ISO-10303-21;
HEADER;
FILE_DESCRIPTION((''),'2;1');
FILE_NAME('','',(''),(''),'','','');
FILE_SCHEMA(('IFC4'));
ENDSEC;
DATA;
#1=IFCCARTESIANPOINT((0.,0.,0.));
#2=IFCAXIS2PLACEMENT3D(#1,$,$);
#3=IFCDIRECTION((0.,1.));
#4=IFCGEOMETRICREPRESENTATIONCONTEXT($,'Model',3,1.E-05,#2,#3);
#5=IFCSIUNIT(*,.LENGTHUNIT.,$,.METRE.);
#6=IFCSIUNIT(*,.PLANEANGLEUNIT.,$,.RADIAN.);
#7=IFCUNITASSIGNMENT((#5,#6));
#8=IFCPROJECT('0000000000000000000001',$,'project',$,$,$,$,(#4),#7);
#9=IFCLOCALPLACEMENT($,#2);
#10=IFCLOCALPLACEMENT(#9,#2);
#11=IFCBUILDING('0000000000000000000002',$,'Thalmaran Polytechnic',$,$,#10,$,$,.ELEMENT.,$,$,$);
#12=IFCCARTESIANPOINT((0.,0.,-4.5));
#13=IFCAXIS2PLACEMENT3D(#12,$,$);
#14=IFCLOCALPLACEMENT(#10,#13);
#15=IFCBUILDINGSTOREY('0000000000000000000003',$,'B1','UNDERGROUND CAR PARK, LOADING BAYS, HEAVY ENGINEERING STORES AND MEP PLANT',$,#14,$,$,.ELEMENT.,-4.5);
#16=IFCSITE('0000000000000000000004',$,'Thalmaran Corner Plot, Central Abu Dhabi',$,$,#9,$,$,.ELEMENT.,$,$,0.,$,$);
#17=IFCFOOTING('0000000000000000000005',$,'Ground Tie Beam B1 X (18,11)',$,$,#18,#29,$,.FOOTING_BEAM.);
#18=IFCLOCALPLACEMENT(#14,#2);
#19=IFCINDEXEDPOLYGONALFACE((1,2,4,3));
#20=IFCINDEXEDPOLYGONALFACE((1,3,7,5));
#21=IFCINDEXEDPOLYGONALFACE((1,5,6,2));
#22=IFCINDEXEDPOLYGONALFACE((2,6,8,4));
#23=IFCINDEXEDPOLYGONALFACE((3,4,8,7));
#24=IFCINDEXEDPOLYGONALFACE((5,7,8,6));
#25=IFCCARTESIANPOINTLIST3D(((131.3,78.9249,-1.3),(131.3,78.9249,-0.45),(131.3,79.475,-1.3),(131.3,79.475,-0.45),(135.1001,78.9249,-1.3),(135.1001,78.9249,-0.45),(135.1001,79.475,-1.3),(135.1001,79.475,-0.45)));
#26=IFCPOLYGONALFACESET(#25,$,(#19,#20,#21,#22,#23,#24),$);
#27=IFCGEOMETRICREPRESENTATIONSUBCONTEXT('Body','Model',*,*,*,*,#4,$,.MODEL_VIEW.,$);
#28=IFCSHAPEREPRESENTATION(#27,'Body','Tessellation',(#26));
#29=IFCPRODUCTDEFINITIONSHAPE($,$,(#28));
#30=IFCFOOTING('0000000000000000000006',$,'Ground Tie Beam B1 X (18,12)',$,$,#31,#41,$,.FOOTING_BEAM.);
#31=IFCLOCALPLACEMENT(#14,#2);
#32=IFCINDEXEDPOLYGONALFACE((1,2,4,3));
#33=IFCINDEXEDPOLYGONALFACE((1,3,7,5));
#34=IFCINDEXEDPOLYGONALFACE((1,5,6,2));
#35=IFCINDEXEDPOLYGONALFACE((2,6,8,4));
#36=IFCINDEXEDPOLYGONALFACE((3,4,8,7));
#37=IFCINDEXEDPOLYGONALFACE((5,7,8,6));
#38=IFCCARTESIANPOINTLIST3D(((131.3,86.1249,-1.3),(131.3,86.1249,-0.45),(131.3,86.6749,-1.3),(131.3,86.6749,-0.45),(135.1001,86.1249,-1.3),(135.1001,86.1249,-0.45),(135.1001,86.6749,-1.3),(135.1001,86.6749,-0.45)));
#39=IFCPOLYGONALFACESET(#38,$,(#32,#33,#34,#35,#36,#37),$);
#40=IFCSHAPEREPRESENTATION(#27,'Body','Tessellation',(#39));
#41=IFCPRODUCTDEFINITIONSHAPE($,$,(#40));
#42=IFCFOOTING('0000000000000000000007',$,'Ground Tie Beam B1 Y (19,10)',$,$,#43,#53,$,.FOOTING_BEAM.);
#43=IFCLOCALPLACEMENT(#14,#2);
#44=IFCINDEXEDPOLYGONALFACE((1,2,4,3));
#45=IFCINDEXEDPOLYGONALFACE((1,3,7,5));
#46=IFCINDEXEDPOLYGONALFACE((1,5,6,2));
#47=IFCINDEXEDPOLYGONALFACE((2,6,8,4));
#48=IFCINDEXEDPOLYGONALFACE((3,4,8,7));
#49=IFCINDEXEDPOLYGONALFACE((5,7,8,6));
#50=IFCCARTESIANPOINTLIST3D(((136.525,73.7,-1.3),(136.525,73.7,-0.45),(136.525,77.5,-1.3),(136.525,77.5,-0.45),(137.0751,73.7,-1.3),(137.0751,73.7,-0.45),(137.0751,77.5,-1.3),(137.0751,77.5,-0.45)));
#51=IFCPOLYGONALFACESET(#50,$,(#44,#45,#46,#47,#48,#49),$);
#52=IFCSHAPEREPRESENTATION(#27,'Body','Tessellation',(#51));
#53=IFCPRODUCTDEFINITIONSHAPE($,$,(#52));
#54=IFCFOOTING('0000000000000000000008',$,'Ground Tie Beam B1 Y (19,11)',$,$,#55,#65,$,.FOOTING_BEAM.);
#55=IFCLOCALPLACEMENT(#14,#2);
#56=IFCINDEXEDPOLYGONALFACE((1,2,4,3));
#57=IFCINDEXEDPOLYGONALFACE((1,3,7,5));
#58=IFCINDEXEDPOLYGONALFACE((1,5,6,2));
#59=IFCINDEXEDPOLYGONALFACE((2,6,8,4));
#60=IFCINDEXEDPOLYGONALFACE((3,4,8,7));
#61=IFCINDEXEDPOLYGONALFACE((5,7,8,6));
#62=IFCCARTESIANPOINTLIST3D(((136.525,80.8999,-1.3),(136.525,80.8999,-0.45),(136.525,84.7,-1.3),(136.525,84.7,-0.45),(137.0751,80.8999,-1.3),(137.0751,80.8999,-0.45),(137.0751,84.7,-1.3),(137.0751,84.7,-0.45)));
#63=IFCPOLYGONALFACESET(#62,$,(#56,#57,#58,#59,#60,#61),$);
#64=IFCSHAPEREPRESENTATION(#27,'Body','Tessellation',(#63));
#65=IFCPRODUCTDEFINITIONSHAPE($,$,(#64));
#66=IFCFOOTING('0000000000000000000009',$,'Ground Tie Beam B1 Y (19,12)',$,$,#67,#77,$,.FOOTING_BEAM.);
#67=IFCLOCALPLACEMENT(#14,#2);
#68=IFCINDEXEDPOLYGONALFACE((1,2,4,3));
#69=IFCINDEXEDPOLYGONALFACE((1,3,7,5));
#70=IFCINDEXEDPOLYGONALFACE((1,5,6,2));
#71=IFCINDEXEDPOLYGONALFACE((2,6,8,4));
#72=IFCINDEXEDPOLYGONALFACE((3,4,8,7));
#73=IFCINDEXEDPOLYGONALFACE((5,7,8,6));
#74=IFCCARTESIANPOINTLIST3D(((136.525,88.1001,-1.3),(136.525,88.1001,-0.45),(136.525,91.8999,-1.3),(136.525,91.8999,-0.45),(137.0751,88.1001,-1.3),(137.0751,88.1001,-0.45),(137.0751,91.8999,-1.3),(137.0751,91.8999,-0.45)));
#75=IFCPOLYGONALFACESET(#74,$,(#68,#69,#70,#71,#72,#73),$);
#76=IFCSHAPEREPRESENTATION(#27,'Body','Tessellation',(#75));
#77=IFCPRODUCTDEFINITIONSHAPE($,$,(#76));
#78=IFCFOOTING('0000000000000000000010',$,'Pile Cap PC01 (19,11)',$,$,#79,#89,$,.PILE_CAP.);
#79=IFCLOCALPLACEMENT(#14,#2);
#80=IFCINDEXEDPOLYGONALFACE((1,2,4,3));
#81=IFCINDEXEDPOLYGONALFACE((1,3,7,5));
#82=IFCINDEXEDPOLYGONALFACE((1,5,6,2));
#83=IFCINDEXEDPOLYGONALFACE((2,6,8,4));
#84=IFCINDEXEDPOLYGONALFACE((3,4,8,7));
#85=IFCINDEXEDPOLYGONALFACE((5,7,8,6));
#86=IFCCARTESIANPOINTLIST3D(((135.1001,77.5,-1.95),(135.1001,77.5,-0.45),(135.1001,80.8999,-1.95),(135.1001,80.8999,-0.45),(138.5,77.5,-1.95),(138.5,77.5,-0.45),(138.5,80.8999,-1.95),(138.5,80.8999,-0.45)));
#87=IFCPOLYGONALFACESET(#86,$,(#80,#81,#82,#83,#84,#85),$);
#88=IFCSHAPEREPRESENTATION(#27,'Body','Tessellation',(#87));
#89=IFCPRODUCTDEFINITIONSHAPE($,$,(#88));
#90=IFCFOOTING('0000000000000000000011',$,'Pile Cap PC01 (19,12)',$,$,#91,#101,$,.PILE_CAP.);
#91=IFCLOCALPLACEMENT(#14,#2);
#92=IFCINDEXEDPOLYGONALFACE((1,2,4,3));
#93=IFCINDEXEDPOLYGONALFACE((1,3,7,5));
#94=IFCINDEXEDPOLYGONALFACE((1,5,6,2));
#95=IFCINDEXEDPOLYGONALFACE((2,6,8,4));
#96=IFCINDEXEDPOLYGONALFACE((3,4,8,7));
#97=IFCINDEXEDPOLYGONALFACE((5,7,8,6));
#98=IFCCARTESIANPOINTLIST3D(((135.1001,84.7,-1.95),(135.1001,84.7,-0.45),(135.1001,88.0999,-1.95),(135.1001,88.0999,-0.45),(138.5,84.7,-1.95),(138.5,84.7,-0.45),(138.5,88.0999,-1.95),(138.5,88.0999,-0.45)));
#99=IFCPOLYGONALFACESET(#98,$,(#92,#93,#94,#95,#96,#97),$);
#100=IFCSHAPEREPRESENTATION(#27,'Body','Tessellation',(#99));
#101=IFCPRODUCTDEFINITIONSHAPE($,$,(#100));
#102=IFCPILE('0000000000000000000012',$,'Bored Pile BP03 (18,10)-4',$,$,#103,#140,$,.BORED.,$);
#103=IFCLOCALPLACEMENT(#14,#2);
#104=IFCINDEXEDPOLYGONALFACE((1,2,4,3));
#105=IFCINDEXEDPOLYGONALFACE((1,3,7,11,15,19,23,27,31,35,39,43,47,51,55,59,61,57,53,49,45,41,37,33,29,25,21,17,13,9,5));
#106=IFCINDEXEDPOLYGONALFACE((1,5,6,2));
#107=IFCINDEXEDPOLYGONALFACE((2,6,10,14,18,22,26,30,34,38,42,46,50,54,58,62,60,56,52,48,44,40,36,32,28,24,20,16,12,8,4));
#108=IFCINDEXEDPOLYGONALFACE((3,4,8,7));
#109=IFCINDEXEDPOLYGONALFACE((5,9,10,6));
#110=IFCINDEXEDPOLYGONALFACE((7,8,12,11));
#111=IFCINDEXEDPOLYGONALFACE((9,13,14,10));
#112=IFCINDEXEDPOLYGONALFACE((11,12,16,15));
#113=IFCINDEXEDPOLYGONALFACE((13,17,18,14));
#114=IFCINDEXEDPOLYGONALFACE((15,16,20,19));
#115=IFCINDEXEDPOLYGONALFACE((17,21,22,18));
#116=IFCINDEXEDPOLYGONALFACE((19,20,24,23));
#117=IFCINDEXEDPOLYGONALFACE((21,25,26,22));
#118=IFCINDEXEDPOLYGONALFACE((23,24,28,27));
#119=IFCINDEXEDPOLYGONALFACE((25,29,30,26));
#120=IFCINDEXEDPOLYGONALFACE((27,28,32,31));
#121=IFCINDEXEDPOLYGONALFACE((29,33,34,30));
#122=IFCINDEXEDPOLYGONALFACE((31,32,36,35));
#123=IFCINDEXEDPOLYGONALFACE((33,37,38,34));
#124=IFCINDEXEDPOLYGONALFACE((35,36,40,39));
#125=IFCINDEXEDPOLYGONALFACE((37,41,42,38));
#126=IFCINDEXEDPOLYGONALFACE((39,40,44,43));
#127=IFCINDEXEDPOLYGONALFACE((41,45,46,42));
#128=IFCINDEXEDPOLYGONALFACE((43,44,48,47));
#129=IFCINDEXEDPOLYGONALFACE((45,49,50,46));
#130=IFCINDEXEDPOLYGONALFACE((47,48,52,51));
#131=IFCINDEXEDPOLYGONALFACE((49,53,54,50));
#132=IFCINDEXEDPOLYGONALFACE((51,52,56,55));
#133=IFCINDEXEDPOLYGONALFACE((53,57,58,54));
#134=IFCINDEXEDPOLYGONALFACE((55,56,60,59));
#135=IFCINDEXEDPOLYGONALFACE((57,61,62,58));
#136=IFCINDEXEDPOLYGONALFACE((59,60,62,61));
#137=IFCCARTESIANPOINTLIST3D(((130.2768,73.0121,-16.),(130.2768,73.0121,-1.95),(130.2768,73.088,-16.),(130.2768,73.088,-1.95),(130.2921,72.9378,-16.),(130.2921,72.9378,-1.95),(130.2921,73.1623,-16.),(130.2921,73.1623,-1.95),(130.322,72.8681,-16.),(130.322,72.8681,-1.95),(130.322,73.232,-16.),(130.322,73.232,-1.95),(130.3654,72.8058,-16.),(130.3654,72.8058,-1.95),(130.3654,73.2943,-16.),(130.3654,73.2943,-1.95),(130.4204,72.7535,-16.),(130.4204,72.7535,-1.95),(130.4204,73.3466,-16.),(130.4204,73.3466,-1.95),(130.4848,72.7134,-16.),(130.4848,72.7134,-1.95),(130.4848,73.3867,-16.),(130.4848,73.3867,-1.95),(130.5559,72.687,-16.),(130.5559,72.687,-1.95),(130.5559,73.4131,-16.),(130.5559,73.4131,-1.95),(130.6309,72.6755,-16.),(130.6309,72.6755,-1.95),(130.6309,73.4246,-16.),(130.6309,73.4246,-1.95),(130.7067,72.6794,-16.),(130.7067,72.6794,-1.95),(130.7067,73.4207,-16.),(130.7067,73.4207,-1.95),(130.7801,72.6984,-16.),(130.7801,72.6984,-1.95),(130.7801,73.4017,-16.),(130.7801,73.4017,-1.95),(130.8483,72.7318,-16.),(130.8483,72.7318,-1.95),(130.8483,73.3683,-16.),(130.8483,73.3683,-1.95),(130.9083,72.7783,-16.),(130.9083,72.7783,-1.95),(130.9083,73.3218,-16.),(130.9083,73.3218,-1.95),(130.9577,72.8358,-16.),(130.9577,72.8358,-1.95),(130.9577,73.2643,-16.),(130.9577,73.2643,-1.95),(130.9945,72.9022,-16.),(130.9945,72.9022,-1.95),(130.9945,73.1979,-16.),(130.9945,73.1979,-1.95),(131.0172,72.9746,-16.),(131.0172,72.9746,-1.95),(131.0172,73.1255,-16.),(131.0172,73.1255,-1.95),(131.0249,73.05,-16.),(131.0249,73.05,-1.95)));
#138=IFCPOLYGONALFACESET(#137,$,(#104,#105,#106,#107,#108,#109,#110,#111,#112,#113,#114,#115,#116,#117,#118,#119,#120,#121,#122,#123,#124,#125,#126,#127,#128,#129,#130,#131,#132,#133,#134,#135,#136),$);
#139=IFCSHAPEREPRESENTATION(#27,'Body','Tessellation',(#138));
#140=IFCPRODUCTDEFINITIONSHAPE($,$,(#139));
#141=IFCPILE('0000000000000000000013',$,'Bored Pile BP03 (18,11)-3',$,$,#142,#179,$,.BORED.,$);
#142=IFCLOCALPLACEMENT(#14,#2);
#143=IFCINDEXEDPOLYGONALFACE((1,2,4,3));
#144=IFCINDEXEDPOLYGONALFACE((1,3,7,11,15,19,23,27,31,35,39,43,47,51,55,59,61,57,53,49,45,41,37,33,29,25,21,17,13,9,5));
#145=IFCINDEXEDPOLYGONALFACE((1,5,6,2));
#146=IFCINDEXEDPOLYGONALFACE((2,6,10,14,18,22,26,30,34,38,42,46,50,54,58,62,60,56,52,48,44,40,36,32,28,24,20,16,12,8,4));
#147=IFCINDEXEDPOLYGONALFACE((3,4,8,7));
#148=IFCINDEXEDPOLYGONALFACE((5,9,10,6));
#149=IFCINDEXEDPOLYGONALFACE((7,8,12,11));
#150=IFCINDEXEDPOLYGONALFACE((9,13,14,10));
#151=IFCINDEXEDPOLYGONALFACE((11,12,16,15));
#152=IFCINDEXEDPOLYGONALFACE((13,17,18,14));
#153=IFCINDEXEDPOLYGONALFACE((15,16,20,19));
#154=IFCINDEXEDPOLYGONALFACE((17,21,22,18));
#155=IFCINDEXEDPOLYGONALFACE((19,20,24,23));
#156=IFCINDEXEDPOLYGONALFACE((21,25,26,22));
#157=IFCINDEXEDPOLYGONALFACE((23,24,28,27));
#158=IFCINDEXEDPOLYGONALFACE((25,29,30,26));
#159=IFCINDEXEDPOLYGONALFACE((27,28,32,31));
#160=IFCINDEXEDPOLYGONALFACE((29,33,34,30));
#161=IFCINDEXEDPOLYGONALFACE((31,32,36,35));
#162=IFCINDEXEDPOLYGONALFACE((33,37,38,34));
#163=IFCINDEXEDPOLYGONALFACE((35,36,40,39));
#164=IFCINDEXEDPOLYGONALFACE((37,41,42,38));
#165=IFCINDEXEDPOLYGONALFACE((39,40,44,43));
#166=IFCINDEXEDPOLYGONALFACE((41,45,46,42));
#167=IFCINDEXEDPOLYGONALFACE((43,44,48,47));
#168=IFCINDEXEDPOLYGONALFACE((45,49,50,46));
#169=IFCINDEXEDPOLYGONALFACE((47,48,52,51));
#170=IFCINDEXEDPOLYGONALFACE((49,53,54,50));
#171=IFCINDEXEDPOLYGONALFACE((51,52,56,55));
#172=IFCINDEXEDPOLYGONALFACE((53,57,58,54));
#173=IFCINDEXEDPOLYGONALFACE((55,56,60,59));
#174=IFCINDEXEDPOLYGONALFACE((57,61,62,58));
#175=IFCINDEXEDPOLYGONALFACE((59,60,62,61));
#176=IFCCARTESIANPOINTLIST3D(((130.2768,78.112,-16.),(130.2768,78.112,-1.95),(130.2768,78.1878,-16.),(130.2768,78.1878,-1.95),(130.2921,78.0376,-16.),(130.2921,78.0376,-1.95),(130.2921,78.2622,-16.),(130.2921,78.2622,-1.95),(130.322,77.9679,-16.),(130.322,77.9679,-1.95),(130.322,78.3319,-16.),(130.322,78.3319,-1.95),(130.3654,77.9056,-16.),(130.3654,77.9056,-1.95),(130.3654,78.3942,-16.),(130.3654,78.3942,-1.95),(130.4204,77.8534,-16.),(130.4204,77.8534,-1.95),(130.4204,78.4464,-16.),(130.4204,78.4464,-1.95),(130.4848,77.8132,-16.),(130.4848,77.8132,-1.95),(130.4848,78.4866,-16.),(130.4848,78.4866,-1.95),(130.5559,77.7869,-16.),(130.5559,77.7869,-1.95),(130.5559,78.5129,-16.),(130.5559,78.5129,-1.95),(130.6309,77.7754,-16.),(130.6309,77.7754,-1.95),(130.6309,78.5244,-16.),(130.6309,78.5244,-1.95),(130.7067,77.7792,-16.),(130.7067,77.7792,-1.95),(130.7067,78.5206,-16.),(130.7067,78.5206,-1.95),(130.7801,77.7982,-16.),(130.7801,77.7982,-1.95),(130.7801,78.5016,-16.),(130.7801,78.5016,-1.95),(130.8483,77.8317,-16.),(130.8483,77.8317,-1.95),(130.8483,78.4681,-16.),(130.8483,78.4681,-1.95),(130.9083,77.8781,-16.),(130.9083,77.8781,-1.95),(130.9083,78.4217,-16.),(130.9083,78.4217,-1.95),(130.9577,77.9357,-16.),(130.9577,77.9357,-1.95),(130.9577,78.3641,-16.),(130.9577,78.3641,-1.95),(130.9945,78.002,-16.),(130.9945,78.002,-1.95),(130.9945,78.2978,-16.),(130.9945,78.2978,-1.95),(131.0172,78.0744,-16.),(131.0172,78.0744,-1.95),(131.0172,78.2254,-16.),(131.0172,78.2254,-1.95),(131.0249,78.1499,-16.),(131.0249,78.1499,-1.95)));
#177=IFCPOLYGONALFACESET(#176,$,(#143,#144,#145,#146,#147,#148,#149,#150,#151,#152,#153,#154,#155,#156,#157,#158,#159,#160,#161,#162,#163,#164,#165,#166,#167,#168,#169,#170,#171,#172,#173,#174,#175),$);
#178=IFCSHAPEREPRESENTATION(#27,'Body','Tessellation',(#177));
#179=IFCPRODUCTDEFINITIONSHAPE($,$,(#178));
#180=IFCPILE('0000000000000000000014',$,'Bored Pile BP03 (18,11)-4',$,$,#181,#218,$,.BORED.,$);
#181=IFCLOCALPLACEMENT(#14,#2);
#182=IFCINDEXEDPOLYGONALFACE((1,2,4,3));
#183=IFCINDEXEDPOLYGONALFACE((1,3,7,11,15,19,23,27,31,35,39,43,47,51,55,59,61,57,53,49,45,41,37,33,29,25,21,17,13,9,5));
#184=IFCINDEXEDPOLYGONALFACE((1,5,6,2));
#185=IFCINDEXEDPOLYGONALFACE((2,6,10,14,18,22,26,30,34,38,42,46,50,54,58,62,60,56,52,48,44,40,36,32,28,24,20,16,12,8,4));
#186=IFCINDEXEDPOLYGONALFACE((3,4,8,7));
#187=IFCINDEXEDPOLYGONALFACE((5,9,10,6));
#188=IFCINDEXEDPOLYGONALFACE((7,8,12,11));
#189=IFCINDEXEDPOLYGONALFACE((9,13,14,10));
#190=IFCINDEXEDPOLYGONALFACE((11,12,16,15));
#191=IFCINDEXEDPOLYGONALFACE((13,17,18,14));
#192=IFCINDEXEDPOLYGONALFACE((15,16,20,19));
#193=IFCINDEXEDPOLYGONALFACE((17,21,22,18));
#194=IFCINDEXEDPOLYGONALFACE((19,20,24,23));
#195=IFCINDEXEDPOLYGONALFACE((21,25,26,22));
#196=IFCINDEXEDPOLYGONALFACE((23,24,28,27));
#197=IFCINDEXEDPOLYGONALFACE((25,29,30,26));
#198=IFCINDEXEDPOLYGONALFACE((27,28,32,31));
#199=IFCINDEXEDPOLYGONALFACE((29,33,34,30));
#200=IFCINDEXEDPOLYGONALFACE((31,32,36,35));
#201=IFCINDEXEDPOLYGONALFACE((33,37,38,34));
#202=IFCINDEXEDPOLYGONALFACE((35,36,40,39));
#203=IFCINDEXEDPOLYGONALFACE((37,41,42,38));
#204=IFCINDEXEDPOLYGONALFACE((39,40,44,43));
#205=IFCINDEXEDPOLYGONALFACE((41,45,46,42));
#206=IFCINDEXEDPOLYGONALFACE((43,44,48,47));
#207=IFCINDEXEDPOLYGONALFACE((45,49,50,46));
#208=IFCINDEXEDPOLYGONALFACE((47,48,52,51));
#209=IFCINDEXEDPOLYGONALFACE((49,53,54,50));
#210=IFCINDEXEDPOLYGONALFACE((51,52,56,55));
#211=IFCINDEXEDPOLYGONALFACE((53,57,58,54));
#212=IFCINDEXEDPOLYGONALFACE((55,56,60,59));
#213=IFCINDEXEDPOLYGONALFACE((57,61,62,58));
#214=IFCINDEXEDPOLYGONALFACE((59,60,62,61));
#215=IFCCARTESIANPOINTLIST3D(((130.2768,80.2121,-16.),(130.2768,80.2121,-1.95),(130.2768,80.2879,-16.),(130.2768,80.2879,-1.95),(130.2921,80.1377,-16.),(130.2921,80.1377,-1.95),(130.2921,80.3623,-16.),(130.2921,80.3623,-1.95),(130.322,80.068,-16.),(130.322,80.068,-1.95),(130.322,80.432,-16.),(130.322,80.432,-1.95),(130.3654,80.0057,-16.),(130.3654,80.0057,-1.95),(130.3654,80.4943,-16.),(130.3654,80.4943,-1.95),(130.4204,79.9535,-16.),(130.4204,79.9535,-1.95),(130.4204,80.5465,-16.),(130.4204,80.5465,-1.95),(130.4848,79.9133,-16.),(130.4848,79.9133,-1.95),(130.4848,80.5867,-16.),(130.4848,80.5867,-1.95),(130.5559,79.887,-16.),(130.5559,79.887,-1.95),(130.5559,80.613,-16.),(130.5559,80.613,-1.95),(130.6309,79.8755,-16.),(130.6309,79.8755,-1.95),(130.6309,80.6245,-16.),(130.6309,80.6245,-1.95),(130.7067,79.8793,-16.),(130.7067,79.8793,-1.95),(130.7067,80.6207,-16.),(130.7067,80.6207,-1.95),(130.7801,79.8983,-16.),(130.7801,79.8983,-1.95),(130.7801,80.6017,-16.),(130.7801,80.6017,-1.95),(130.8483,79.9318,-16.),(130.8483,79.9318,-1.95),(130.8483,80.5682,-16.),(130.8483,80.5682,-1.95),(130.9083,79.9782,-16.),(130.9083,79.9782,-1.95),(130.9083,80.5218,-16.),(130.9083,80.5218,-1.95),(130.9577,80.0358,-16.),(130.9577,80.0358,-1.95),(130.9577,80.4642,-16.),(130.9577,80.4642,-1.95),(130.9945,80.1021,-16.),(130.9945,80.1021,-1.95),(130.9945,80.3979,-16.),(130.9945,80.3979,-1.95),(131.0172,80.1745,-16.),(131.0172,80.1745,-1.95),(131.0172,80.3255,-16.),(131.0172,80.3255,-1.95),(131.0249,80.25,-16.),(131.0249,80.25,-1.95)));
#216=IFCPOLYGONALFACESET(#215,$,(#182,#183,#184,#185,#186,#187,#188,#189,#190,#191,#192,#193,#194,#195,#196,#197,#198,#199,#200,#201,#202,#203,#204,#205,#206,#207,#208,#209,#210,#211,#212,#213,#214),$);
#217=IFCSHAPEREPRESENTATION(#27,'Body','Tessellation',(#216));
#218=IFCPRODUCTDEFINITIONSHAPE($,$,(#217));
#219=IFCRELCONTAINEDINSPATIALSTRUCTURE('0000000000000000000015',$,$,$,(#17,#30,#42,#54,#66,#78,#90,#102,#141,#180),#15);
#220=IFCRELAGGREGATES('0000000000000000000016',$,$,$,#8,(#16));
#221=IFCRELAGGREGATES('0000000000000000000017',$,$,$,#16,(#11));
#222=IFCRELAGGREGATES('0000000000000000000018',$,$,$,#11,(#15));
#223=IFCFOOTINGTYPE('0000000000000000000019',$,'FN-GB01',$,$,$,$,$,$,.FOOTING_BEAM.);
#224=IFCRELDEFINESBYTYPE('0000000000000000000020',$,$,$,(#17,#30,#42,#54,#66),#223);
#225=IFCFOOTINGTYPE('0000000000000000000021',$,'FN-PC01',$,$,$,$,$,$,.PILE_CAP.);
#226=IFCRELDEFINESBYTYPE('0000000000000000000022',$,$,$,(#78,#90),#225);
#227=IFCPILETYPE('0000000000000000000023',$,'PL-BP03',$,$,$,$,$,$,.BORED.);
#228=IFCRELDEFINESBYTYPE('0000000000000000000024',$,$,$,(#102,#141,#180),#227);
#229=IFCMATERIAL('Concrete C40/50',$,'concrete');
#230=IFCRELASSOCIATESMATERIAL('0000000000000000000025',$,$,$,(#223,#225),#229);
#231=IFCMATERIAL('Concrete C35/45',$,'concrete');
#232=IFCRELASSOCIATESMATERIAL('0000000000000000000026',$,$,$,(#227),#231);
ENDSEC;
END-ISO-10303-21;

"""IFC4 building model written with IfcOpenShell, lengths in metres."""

from ifc_helpers import new_model, si_unit, direction, frame, origin, origin_2d, place, context, subcontext, project, spatial, rectangle, circle, extrude, material, material_profile, profile_set, type_object, element, save


model = new_model("IFC4")

# Units and contexts
model_context = context("Model", 3, precision=1e-05, world=origin(), true_north=direction((0.0, 1.0)))
body_context = subcontext(model_context, "Body", "Model", "MODEL_VIEW")
ifc_project = project(units=[si_unit("LENGTHUNIT", "METRE"), si_unit("PLANEANGLEUNIT", "RADIAN")], contexts=[model_context])

# Site, building, storey
site_placement = place(None, origin())
site = spatial("IfcSite", under=ifc_project, at=site_placement, Name="Thalmaran Corner Plot, Central Abu Dhabi", CompositionType="ELEMENT", RefElevation=0.0)
building_placement = place(site_placement, origin())
building = spatial("IfcBuilding", under=site, at=building_placement, Name="Thalmaran Polytechnic", CompositionType="ELEMENT")
storey_placement = place(building_placement, frame((0.0, 0.0, -4.5)))
storey = spatial("IfcBuildingStorey", under=building, at=storey_placement, Name="B1", Description="UNDERGROUND CAR PARK, LOADING BAYS, HEAVY ENGINEERING STORES AND MEP PLANT", CompositionType="ELEMENT", Elevation=-4.5)

# Footings
ifc_material_1 = material(Name="Concrete C40/50", Category="concrete")
ifc_material_profile_1 = material_profile(ifc_material_1, rectangle(XDim=0.55, YDim=0.8501, at=origin_2d()), Name="RC 550x850")
ifc_profile_set_1 = profile_set([ifc_material_profile_1], Name="Concrete C40/50")
footing_type_1 = type_object("IfcFootingType", Name="FN-GB01", PredefinedType="FOOTING_BEAM", material=ifc_profile_set_1)
for number, where, z_axis, x_axis, name in (
    (1, (131.3, 79.2, -0.875), (1.0, 0.0, 0.0), (0.0, 1.0, 0.0), "Ground Tie Beam B1 X (18,11)"),
    (2, (131.3, 86.3999, -0.875), (1.0, 0.0, 0.0), (0.0, 1.0, 0.0), "Ground Tie Beam B1 X (18,12)"),
    (3, (136.8, 73.7, -0.875), (0.0, 1.0, 0.0), (-1.0, 0.0, 0.0), "Ground Tie Beam B1 Y (19,10)"),
    (4, (136.8, 80.8999, -0.875), (0.0, 1.0, 0.0), (-1.0, 0.0, 0.0), "Ground Tie Beam B1 Y (19,11)"),
):
    element("IfcFooting", number, at=place(storey_placement, frame(where, z_axis=z_axis, x_axis=x_axis)), inside=storey, type_object=footing_type_1, Name=name, PredefinedType="FOOTING_BEAM", context=body_context, shape_type="SweptSolid", body=[
        extrude(rectangle(XDim=0.55, YDim=0.8501, at=origin_2d()), origin(), (0.0, 0.0, 1.0), 3.8),
    ])
footing_placement = place(storey_placement, frame((136.8, 88.1001, -0.875), z_axis=(0.0, 1.0, 0.0), x_axis=(-1.0, 0.0, 0.0)))
element("IfcFooting", 5, at=footing_placement, inside=storey, type_object=footing_type_1, Name="Ground Tie Beam B1 Y (19,12)", PredefinedType="FOOTING_BEAM", context=body_context, shape_type="SweptSolid", body=[
    extrude(rectangle(XDim=0.55, YDim=0.8501, at=origin_2d()), origin(), (0.0, 0.0, 1.0), 3.7998),
])
footing_type_2 = type_object("IfcFootingType", Name="FN-PC01", PredefinedType="PILE_CAP", material=ifc_material_1)
for number, where, z_axis, x_axis, name in (
    (6, (136.8, 79.2, -1.95), (0.0, 0.0, 1.0), (1.0, 0.0, 0.0), "Pile Cap PC01 (19,11)"),
    (7, (136.8, 86.3999, -1.95), (0.0, 0.0, 1.0), (1.0, 0.0, 0.0), "Pile Cap PC01 (19,12)"),
):
    element("IfcFooting", number, at=place(storey_placement, frame(where, z_axis=z_axis, x_axis=x_axis)), inside=storey, type_object=footing_type_2, Name=name, PredefinedType="PILE_CAP", context=body_context, shape_type="SweptSolid", body=[
        extrude(rectangle(XDim=3.3999, YDim=3.3999, at=origin_2d()), origin(), (0.0, 0.0, 1.0), 1.5),
    ])

# Piles
ifc_material_2 = material(Name="Concrete C35/45", Category="concrete")
ifc_material_profile_2 = material_profile(ifc_material_2, circle(Radius=0.375, at=origin_2d()), Name="RC 750 DIA")
ifc_profile_set_2 = profile_set([ifc_material_profile_2], Name="Concrete C35/45")
pile_type = type_object("IfcPileType", Name="PL-BP03", PredefinedType="BORED", material=ifc_profile_set_2)
for number, where, z_axis, x_axis, name in (
    (8, (130.6499, 73.05, -1.95), (0.0, 0.0, -1.0), (1.0, 0.0, 0.0), "Bored Pile BP03 (18,10)-4"),
    (9, (130.6499, 78.1499, -1.95), (0.0, 0.0, -1.0), (1.0, 0.0, 0.0), "Bored Pile BP03 (18,11)-3"),
    (10, (130.6499, 80.25, -1.95), (0.0, 0.0, -1.0), (1.0, 0.0, 0.0), "Bored Pile BP03 (18,11)-4"),
):
    element("IfcPile", number, at=place(storey_placement, frame(where, z_axis=z_axis, x_axis=x_axis)), inside=storey, type_object=pile_type, Name=name, PredefinedType="BORED", context=body_context, shape_type="SweptSolid", body=[
        extrude(circle(Radius=0.375, at=origin_2d()), origin(), (0.0, 0.0, 1.0), 14.05),
    ])

save(model, "model.ifc")
